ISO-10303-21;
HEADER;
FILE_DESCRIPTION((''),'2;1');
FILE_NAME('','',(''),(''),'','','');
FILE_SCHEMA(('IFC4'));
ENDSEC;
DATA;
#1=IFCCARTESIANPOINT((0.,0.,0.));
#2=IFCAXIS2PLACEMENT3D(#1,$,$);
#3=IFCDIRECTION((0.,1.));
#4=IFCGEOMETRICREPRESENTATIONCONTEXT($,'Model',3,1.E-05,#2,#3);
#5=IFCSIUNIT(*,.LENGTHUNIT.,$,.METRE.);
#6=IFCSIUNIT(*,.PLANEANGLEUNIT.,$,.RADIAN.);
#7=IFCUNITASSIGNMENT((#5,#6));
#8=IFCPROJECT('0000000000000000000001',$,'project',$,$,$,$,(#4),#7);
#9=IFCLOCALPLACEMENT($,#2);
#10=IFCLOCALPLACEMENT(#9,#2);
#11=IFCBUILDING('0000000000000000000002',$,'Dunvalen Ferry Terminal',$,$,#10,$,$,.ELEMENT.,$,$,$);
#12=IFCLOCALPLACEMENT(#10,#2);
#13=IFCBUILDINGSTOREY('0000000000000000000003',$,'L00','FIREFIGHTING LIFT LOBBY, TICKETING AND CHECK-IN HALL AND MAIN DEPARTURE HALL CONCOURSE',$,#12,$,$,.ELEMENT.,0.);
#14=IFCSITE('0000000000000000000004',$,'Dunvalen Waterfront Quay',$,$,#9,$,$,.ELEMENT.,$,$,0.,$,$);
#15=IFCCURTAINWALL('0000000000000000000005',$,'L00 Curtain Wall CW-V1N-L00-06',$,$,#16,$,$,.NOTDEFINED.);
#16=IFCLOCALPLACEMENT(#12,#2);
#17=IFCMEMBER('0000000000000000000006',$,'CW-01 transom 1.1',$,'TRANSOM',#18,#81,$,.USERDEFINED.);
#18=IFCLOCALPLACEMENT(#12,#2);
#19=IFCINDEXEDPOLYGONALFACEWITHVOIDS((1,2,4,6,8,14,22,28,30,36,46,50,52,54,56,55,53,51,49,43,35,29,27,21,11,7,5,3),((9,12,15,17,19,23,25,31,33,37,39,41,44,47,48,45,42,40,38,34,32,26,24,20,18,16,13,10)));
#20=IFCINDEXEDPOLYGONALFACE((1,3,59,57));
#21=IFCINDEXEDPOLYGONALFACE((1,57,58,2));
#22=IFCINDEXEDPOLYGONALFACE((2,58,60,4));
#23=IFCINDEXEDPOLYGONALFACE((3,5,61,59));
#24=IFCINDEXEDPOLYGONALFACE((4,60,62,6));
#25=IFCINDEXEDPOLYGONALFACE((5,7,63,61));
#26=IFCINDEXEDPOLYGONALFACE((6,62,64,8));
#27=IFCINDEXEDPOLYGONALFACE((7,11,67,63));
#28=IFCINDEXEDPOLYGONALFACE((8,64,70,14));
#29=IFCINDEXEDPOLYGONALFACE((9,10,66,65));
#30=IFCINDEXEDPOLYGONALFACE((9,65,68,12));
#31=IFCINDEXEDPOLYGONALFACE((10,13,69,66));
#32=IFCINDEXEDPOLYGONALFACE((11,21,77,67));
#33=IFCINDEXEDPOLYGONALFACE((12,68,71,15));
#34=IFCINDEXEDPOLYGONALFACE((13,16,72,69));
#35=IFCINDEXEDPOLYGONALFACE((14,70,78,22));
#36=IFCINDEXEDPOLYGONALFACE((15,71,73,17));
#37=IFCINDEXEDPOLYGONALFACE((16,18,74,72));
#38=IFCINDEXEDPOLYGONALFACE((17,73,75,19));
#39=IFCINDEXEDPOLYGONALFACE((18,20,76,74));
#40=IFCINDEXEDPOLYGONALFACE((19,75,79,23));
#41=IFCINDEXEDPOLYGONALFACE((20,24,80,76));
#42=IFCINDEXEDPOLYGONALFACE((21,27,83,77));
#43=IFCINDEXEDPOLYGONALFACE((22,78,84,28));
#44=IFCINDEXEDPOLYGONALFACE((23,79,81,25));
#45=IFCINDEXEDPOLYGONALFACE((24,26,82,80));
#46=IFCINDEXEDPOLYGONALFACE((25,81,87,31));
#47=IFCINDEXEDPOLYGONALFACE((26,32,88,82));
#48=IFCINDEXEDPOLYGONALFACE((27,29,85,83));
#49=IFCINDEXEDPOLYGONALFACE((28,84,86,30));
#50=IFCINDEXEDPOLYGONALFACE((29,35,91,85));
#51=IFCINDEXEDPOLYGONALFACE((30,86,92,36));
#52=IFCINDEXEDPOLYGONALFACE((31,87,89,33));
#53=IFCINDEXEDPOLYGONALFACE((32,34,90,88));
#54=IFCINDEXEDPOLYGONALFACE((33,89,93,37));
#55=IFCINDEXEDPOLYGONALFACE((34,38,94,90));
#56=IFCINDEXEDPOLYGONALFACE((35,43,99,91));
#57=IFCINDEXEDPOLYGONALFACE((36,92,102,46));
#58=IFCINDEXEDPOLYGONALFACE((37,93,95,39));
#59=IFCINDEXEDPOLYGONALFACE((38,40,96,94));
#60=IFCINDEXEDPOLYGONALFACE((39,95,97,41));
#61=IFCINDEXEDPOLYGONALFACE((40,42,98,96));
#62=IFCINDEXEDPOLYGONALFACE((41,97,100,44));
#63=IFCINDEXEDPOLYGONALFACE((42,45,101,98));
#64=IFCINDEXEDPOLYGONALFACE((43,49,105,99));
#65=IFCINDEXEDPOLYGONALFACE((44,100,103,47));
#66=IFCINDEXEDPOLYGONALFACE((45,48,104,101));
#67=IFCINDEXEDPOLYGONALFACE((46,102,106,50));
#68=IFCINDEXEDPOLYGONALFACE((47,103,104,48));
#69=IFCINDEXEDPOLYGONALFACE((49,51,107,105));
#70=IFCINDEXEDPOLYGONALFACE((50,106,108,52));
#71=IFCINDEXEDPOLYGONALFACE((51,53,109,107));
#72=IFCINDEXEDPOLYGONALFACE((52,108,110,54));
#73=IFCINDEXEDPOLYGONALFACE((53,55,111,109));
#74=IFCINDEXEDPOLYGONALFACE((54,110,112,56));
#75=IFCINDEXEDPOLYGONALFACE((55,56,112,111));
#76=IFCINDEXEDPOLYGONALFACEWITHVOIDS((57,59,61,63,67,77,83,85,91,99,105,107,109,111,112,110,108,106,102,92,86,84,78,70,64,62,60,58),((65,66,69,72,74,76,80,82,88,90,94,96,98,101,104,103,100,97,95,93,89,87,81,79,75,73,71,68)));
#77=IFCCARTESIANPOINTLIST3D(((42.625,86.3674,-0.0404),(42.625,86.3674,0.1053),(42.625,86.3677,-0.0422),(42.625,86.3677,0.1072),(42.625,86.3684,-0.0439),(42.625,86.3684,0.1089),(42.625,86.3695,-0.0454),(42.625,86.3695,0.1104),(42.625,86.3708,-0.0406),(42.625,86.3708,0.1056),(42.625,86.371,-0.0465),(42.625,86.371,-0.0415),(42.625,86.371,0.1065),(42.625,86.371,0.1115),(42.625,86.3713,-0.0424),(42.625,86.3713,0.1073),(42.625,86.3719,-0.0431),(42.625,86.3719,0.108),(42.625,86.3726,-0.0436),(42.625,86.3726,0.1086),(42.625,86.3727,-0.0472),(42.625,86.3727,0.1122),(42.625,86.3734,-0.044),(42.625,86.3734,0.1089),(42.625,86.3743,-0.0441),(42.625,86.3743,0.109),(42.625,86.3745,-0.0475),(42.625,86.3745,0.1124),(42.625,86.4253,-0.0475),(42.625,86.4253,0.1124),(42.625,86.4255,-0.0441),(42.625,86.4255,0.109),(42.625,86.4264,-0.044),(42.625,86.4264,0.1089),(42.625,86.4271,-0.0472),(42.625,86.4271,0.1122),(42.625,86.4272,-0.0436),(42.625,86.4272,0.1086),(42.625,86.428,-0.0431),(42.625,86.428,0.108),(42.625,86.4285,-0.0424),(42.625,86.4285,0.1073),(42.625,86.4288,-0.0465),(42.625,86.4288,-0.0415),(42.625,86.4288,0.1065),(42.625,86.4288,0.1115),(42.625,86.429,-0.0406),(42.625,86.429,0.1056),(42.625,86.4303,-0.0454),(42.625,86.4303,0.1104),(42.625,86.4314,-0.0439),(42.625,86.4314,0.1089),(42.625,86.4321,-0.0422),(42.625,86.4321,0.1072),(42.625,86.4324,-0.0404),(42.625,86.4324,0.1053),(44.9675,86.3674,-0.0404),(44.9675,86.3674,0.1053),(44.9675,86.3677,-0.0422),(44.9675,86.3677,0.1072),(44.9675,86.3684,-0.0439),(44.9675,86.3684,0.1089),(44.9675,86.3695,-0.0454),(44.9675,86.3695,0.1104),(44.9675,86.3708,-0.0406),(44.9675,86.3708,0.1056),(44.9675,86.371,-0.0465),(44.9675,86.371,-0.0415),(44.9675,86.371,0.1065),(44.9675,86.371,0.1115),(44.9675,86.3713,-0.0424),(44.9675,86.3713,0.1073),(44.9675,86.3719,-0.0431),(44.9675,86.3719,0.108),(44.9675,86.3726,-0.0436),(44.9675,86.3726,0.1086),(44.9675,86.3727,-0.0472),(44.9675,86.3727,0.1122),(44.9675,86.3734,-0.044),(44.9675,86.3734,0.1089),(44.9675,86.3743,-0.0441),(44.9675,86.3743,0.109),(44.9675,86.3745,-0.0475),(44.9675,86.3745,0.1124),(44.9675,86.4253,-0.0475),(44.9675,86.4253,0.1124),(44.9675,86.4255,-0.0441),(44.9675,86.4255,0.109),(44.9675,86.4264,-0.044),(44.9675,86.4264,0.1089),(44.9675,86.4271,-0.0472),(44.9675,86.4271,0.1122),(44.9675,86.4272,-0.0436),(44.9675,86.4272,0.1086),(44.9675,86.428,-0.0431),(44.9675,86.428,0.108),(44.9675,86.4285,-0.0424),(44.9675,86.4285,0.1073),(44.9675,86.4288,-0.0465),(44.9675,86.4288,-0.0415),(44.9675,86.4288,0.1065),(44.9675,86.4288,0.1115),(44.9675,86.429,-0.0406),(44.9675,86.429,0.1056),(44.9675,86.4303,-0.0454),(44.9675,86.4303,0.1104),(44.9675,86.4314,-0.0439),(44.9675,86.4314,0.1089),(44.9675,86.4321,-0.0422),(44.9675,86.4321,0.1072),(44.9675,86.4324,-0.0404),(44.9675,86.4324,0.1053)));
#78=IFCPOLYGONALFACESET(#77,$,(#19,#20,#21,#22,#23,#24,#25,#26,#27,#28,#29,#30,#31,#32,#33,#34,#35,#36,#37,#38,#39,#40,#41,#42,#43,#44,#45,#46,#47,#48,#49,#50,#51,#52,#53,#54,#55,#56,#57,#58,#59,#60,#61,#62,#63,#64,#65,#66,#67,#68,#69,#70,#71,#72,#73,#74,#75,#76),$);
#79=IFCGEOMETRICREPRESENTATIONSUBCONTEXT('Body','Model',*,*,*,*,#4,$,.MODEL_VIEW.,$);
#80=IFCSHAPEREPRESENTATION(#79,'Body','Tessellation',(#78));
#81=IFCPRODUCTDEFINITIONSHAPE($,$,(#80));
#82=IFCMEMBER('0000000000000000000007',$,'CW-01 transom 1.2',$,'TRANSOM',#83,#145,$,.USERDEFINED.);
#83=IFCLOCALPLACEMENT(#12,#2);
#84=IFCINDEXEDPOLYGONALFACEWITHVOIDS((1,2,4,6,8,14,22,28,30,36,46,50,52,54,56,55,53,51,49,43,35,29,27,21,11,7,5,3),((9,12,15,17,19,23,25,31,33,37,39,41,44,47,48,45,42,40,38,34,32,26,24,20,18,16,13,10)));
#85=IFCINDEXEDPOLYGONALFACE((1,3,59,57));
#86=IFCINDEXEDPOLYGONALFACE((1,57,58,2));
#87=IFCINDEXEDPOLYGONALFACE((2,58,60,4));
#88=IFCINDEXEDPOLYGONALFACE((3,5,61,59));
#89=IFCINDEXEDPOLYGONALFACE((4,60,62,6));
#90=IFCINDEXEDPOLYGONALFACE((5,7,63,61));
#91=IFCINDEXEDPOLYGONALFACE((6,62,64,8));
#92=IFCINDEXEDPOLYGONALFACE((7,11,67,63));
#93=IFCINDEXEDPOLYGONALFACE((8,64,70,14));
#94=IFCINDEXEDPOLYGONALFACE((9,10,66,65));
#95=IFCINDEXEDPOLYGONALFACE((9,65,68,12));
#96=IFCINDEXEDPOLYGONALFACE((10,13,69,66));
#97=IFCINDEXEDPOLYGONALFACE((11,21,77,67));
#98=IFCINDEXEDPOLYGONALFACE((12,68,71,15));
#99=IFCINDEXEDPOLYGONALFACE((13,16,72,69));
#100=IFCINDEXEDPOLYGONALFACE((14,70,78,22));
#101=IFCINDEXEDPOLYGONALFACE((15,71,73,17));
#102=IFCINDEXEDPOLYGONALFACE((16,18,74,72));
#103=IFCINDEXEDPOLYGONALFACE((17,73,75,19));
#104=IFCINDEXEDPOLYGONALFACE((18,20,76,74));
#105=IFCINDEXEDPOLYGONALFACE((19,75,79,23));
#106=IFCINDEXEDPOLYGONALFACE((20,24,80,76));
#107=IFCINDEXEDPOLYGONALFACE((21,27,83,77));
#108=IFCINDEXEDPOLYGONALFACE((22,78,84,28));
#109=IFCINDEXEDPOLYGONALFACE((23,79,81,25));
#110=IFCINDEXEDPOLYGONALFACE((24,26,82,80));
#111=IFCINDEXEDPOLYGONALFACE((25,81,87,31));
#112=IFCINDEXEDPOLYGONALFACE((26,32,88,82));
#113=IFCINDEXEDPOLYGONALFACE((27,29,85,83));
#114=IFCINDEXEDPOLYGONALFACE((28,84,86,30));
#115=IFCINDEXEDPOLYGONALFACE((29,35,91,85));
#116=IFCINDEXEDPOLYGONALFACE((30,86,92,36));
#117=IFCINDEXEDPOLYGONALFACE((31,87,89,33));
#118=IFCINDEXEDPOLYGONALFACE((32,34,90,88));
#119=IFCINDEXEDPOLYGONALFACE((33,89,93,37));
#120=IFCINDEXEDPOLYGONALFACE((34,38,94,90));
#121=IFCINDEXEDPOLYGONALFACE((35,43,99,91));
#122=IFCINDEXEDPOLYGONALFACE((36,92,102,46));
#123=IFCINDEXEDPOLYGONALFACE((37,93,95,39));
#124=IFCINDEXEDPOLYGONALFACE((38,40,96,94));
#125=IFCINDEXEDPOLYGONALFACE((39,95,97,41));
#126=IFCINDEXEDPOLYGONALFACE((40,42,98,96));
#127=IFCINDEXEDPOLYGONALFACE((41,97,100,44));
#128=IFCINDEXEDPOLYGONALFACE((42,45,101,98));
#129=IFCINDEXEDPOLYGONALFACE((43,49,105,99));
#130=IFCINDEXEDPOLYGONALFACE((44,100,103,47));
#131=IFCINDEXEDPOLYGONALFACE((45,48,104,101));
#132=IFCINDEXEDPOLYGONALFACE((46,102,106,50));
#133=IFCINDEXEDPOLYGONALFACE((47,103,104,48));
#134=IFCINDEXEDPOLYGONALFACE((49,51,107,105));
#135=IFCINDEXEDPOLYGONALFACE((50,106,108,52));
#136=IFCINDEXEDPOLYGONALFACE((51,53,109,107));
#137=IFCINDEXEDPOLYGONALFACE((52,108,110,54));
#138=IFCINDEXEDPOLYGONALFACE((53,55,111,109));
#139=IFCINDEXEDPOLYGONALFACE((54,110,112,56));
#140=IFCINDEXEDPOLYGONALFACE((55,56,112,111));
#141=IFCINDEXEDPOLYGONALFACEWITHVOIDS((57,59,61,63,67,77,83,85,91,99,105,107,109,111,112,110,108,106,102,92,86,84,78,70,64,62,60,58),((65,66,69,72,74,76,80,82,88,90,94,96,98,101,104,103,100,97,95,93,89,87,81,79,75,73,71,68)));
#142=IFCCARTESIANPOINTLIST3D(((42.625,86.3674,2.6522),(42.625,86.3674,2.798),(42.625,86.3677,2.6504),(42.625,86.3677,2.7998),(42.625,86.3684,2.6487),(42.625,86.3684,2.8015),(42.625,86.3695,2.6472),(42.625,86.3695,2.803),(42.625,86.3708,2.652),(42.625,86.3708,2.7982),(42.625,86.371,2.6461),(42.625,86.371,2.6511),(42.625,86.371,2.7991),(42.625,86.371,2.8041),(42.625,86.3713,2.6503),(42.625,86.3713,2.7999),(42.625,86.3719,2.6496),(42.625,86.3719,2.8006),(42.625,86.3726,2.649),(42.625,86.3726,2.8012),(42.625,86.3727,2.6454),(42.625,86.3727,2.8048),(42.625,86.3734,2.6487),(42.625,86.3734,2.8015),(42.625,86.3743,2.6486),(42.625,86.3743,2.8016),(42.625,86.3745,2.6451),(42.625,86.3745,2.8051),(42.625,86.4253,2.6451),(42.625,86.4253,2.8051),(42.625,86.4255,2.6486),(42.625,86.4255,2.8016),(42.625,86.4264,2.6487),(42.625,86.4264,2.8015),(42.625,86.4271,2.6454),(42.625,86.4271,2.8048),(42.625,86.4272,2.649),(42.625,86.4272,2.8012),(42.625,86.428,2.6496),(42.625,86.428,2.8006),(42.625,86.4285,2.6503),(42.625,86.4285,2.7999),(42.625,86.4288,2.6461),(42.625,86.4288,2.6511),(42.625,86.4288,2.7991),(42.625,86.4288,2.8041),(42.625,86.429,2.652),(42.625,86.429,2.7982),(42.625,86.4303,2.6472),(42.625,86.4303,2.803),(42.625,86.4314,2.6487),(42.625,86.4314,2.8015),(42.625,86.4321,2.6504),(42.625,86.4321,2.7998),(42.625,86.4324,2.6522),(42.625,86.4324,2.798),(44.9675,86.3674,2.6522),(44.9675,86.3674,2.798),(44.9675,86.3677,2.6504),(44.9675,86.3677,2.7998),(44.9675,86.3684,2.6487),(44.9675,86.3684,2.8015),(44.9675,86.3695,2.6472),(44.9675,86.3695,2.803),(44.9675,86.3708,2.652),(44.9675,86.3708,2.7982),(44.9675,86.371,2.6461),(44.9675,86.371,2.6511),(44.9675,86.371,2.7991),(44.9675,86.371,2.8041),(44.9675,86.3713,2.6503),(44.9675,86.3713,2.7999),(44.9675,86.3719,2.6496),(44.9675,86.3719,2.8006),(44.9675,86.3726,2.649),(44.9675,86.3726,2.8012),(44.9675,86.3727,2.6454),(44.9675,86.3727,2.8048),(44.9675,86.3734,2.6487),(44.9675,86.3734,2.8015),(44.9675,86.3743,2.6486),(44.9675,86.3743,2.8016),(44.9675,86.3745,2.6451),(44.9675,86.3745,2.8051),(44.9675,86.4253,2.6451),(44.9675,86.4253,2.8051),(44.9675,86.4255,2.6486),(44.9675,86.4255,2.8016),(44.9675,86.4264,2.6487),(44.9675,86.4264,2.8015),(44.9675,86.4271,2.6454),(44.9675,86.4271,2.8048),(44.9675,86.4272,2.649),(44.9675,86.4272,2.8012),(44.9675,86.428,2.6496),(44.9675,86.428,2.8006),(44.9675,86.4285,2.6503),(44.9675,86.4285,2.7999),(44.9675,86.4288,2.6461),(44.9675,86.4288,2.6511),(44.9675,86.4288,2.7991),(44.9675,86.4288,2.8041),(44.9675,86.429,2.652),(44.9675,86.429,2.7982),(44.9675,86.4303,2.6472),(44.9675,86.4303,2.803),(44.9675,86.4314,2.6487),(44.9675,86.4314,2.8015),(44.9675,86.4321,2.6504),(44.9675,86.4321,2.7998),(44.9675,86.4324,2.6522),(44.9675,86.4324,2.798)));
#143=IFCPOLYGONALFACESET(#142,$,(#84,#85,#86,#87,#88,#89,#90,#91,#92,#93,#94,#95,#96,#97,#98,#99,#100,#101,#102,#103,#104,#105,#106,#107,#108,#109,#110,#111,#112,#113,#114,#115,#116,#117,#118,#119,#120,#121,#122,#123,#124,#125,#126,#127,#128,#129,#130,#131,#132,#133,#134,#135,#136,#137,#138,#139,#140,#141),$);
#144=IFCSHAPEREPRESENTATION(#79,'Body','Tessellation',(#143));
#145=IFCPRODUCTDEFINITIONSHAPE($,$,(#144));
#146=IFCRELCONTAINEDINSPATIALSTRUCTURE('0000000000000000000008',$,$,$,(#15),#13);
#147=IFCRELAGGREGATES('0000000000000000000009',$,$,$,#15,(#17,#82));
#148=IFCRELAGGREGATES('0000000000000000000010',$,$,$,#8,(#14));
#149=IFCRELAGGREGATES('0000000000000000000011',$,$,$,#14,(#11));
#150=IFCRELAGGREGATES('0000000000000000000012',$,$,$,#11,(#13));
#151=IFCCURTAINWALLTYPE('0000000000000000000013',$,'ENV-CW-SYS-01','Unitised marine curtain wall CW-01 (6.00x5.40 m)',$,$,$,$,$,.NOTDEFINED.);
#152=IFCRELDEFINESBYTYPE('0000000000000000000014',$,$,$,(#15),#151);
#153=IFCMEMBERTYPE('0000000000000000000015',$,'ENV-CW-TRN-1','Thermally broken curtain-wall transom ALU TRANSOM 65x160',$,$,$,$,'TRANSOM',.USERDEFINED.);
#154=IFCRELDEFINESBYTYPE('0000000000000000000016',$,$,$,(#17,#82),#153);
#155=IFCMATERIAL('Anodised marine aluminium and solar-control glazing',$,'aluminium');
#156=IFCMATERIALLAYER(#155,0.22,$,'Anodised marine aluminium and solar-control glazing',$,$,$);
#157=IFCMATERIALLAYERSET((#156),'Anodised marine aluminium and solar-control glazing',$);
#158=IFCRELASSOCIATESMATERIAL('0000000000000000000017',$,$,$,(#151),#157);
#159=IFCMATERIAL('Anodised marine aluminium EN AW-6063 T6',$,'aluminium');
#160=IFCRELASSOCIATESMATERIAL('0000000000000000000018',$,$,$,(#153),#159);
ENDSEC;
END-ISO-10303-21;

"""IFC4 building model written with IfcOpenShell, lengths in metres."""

from ifc_helpers import new_model, si_unit, direction, frame, origin, origin_2d, place, context, subcontext, project, spatial, hollow_rectangle, extrude, material, layer, layer_set, material_profile, profile_set, type_object, element, aggregate, save


model = new_model("IFC4")

# Units and contexts
model_context = context("Model", 3, precision=1e-05, world=origin(), true_north=direction((0.0, 1.0)))
body_context = subcontext(model_context, "Body", "Model", "MODEL_VIEW")
ifc_project = project(units=[si_unit("LENGTHUNIT", "METRE"), si_unit("PLANEANGLEUNIT", "RADIAN")], contexts=[model_context])

# Site, building, storey
site_placement = place(None, origin())
site = spatial("IfcSite", under=ifc_project, at=site_placement, Name="Dunvalen Waterfront Quay", CompositionType="ELEMENT", RefElevation=0.0)
building_placement = place(site_placement, origin())
building = spatial("IfcBuilding", under=site, at=building_placement, Name="Dunvalen Ferry Terminal", CompositionType="ELEMENT")
storey_placement = place(building_placement, origin())
storey = spatial("IfcBuildingStorey", under=building, at=storey_placement, Name="L00", Description="FIREFIGHTING LIFT LOBBY, TICKETING AND CHECK-IN HALL AND MAIN DEPARTURE HALL CONCOURSE", CompositionType="ELEMENT", Elevation=0.0)

# Shared definitions
ifc_material_1 = material(Name="Anodised marine aluminium and solar-control glazing", Category="aluminium")
ifc_layer_1 = layer(ifc_material_1, 0.22, Name="Anodised marine aluminium and solar-control glazing")
ifc_layer_set_1 = layer_set([ifc_layer_1], Name="Anodised marine aluminium and solar-control glazing")
curtain_wall_type = type_object("IfcCurtainWallType", Name="ENV-CW-SYS-01", Description="Unitised marine curtain wall CW-01 (6.00x5.40 m)", PredefinedType="NOTDEFINED", material=ifc_layer_set_1)
ifc_material_2 = material(Name="Anodised marine aluminium EN AW-6063 T6", Category="aluminium")

# Curtain wall, members
curtain_wall_1_placement = place(storey_placement, origin())
curtain_wall_1 = element("IfcCurtainWall", 1, at=curtain_wall_1_placement, inside=storey, type_object=curtain_wall_type, Name="L00 Curtain Wall CW-V1N-L00-06", PredefinedType="NOTDEFINED")
ifc_material_profile_1 = material_profile(ifc_material_2, hollow_rectangle(XDim=0.0649, YDim=0.1599, WallThickness=0.0034, InnerFilletRadius=0.0034, OuterFilletRadius=0.0071, at=origin_2d()), Name="Anodised marine aluminium EN AW-6063 T6")
ifc_profile_set_1 = profile_set([ifc_material_profile_1], Name="Anodised marine aluminium EN AW-6063 T6")
member_type_1 = type_object("IfcMemberType", Name="ENV-CW-TRN-1", Description="Thermally broken curtain-wall transom ALU TRANSOM 65x160", ElementType="TRANSOM", PredefinedType="USERDEFINED", material=ifc_profile_set_1)
member_1_placement = place(storey_placement, frame((42.625, 86.3999, 0.0325), z_axis=(1.0, 0.0, 0.0), x_axis=(0.0, 1.0, 0.0)))
member_1 = element("IfcMember", 2, at=member_1_placement, type_object=member_type_1, Name="CW-01 transom 1.1", ObjectType="TRANSOM", PredefinedType="USERDEFINED", context=body_context, shape_type="SweptSolid", body=[
    extrude(hollow_rectangle(XDim=0.0649, YDim=0.1599, WallThickness=0.0034, InnerFilletRadius=0.0034, OuterFilletRadius=0.0071, at=origin_2d()), origin(), (0.0, 0.0, 1.0), 2.3425),
])
member_2_placement = place(storey_placement, frame((42.625, 86.3999, 2.7251), z_axis=(1.0, 0.0, 0.0), x_axis=(0.0, 1.0, 0.0)))
member_2 = element("IfcMember", 3, at=member_2_placement, type_object=member_type_1, Name="CW-01 transom 1.2", ObjectType="TRANSOM", PredefinedType="USERDEFINED", context=body_context, shape_type="SweptSolid", body=[
    extrude(hollow_rectangle(XDim=0.0649, YDim=0.1599, WallThickness=0.0034, InnerFilletRadius=0.0034, OuterFilletRadius=0.0071, at=origin_2d()), origin(), (0.0, 0.0, 1.0), 2.3425),
])
aggregate(curtain_wall_1, [member_1, member_2])

save(model, "model.ifc")
